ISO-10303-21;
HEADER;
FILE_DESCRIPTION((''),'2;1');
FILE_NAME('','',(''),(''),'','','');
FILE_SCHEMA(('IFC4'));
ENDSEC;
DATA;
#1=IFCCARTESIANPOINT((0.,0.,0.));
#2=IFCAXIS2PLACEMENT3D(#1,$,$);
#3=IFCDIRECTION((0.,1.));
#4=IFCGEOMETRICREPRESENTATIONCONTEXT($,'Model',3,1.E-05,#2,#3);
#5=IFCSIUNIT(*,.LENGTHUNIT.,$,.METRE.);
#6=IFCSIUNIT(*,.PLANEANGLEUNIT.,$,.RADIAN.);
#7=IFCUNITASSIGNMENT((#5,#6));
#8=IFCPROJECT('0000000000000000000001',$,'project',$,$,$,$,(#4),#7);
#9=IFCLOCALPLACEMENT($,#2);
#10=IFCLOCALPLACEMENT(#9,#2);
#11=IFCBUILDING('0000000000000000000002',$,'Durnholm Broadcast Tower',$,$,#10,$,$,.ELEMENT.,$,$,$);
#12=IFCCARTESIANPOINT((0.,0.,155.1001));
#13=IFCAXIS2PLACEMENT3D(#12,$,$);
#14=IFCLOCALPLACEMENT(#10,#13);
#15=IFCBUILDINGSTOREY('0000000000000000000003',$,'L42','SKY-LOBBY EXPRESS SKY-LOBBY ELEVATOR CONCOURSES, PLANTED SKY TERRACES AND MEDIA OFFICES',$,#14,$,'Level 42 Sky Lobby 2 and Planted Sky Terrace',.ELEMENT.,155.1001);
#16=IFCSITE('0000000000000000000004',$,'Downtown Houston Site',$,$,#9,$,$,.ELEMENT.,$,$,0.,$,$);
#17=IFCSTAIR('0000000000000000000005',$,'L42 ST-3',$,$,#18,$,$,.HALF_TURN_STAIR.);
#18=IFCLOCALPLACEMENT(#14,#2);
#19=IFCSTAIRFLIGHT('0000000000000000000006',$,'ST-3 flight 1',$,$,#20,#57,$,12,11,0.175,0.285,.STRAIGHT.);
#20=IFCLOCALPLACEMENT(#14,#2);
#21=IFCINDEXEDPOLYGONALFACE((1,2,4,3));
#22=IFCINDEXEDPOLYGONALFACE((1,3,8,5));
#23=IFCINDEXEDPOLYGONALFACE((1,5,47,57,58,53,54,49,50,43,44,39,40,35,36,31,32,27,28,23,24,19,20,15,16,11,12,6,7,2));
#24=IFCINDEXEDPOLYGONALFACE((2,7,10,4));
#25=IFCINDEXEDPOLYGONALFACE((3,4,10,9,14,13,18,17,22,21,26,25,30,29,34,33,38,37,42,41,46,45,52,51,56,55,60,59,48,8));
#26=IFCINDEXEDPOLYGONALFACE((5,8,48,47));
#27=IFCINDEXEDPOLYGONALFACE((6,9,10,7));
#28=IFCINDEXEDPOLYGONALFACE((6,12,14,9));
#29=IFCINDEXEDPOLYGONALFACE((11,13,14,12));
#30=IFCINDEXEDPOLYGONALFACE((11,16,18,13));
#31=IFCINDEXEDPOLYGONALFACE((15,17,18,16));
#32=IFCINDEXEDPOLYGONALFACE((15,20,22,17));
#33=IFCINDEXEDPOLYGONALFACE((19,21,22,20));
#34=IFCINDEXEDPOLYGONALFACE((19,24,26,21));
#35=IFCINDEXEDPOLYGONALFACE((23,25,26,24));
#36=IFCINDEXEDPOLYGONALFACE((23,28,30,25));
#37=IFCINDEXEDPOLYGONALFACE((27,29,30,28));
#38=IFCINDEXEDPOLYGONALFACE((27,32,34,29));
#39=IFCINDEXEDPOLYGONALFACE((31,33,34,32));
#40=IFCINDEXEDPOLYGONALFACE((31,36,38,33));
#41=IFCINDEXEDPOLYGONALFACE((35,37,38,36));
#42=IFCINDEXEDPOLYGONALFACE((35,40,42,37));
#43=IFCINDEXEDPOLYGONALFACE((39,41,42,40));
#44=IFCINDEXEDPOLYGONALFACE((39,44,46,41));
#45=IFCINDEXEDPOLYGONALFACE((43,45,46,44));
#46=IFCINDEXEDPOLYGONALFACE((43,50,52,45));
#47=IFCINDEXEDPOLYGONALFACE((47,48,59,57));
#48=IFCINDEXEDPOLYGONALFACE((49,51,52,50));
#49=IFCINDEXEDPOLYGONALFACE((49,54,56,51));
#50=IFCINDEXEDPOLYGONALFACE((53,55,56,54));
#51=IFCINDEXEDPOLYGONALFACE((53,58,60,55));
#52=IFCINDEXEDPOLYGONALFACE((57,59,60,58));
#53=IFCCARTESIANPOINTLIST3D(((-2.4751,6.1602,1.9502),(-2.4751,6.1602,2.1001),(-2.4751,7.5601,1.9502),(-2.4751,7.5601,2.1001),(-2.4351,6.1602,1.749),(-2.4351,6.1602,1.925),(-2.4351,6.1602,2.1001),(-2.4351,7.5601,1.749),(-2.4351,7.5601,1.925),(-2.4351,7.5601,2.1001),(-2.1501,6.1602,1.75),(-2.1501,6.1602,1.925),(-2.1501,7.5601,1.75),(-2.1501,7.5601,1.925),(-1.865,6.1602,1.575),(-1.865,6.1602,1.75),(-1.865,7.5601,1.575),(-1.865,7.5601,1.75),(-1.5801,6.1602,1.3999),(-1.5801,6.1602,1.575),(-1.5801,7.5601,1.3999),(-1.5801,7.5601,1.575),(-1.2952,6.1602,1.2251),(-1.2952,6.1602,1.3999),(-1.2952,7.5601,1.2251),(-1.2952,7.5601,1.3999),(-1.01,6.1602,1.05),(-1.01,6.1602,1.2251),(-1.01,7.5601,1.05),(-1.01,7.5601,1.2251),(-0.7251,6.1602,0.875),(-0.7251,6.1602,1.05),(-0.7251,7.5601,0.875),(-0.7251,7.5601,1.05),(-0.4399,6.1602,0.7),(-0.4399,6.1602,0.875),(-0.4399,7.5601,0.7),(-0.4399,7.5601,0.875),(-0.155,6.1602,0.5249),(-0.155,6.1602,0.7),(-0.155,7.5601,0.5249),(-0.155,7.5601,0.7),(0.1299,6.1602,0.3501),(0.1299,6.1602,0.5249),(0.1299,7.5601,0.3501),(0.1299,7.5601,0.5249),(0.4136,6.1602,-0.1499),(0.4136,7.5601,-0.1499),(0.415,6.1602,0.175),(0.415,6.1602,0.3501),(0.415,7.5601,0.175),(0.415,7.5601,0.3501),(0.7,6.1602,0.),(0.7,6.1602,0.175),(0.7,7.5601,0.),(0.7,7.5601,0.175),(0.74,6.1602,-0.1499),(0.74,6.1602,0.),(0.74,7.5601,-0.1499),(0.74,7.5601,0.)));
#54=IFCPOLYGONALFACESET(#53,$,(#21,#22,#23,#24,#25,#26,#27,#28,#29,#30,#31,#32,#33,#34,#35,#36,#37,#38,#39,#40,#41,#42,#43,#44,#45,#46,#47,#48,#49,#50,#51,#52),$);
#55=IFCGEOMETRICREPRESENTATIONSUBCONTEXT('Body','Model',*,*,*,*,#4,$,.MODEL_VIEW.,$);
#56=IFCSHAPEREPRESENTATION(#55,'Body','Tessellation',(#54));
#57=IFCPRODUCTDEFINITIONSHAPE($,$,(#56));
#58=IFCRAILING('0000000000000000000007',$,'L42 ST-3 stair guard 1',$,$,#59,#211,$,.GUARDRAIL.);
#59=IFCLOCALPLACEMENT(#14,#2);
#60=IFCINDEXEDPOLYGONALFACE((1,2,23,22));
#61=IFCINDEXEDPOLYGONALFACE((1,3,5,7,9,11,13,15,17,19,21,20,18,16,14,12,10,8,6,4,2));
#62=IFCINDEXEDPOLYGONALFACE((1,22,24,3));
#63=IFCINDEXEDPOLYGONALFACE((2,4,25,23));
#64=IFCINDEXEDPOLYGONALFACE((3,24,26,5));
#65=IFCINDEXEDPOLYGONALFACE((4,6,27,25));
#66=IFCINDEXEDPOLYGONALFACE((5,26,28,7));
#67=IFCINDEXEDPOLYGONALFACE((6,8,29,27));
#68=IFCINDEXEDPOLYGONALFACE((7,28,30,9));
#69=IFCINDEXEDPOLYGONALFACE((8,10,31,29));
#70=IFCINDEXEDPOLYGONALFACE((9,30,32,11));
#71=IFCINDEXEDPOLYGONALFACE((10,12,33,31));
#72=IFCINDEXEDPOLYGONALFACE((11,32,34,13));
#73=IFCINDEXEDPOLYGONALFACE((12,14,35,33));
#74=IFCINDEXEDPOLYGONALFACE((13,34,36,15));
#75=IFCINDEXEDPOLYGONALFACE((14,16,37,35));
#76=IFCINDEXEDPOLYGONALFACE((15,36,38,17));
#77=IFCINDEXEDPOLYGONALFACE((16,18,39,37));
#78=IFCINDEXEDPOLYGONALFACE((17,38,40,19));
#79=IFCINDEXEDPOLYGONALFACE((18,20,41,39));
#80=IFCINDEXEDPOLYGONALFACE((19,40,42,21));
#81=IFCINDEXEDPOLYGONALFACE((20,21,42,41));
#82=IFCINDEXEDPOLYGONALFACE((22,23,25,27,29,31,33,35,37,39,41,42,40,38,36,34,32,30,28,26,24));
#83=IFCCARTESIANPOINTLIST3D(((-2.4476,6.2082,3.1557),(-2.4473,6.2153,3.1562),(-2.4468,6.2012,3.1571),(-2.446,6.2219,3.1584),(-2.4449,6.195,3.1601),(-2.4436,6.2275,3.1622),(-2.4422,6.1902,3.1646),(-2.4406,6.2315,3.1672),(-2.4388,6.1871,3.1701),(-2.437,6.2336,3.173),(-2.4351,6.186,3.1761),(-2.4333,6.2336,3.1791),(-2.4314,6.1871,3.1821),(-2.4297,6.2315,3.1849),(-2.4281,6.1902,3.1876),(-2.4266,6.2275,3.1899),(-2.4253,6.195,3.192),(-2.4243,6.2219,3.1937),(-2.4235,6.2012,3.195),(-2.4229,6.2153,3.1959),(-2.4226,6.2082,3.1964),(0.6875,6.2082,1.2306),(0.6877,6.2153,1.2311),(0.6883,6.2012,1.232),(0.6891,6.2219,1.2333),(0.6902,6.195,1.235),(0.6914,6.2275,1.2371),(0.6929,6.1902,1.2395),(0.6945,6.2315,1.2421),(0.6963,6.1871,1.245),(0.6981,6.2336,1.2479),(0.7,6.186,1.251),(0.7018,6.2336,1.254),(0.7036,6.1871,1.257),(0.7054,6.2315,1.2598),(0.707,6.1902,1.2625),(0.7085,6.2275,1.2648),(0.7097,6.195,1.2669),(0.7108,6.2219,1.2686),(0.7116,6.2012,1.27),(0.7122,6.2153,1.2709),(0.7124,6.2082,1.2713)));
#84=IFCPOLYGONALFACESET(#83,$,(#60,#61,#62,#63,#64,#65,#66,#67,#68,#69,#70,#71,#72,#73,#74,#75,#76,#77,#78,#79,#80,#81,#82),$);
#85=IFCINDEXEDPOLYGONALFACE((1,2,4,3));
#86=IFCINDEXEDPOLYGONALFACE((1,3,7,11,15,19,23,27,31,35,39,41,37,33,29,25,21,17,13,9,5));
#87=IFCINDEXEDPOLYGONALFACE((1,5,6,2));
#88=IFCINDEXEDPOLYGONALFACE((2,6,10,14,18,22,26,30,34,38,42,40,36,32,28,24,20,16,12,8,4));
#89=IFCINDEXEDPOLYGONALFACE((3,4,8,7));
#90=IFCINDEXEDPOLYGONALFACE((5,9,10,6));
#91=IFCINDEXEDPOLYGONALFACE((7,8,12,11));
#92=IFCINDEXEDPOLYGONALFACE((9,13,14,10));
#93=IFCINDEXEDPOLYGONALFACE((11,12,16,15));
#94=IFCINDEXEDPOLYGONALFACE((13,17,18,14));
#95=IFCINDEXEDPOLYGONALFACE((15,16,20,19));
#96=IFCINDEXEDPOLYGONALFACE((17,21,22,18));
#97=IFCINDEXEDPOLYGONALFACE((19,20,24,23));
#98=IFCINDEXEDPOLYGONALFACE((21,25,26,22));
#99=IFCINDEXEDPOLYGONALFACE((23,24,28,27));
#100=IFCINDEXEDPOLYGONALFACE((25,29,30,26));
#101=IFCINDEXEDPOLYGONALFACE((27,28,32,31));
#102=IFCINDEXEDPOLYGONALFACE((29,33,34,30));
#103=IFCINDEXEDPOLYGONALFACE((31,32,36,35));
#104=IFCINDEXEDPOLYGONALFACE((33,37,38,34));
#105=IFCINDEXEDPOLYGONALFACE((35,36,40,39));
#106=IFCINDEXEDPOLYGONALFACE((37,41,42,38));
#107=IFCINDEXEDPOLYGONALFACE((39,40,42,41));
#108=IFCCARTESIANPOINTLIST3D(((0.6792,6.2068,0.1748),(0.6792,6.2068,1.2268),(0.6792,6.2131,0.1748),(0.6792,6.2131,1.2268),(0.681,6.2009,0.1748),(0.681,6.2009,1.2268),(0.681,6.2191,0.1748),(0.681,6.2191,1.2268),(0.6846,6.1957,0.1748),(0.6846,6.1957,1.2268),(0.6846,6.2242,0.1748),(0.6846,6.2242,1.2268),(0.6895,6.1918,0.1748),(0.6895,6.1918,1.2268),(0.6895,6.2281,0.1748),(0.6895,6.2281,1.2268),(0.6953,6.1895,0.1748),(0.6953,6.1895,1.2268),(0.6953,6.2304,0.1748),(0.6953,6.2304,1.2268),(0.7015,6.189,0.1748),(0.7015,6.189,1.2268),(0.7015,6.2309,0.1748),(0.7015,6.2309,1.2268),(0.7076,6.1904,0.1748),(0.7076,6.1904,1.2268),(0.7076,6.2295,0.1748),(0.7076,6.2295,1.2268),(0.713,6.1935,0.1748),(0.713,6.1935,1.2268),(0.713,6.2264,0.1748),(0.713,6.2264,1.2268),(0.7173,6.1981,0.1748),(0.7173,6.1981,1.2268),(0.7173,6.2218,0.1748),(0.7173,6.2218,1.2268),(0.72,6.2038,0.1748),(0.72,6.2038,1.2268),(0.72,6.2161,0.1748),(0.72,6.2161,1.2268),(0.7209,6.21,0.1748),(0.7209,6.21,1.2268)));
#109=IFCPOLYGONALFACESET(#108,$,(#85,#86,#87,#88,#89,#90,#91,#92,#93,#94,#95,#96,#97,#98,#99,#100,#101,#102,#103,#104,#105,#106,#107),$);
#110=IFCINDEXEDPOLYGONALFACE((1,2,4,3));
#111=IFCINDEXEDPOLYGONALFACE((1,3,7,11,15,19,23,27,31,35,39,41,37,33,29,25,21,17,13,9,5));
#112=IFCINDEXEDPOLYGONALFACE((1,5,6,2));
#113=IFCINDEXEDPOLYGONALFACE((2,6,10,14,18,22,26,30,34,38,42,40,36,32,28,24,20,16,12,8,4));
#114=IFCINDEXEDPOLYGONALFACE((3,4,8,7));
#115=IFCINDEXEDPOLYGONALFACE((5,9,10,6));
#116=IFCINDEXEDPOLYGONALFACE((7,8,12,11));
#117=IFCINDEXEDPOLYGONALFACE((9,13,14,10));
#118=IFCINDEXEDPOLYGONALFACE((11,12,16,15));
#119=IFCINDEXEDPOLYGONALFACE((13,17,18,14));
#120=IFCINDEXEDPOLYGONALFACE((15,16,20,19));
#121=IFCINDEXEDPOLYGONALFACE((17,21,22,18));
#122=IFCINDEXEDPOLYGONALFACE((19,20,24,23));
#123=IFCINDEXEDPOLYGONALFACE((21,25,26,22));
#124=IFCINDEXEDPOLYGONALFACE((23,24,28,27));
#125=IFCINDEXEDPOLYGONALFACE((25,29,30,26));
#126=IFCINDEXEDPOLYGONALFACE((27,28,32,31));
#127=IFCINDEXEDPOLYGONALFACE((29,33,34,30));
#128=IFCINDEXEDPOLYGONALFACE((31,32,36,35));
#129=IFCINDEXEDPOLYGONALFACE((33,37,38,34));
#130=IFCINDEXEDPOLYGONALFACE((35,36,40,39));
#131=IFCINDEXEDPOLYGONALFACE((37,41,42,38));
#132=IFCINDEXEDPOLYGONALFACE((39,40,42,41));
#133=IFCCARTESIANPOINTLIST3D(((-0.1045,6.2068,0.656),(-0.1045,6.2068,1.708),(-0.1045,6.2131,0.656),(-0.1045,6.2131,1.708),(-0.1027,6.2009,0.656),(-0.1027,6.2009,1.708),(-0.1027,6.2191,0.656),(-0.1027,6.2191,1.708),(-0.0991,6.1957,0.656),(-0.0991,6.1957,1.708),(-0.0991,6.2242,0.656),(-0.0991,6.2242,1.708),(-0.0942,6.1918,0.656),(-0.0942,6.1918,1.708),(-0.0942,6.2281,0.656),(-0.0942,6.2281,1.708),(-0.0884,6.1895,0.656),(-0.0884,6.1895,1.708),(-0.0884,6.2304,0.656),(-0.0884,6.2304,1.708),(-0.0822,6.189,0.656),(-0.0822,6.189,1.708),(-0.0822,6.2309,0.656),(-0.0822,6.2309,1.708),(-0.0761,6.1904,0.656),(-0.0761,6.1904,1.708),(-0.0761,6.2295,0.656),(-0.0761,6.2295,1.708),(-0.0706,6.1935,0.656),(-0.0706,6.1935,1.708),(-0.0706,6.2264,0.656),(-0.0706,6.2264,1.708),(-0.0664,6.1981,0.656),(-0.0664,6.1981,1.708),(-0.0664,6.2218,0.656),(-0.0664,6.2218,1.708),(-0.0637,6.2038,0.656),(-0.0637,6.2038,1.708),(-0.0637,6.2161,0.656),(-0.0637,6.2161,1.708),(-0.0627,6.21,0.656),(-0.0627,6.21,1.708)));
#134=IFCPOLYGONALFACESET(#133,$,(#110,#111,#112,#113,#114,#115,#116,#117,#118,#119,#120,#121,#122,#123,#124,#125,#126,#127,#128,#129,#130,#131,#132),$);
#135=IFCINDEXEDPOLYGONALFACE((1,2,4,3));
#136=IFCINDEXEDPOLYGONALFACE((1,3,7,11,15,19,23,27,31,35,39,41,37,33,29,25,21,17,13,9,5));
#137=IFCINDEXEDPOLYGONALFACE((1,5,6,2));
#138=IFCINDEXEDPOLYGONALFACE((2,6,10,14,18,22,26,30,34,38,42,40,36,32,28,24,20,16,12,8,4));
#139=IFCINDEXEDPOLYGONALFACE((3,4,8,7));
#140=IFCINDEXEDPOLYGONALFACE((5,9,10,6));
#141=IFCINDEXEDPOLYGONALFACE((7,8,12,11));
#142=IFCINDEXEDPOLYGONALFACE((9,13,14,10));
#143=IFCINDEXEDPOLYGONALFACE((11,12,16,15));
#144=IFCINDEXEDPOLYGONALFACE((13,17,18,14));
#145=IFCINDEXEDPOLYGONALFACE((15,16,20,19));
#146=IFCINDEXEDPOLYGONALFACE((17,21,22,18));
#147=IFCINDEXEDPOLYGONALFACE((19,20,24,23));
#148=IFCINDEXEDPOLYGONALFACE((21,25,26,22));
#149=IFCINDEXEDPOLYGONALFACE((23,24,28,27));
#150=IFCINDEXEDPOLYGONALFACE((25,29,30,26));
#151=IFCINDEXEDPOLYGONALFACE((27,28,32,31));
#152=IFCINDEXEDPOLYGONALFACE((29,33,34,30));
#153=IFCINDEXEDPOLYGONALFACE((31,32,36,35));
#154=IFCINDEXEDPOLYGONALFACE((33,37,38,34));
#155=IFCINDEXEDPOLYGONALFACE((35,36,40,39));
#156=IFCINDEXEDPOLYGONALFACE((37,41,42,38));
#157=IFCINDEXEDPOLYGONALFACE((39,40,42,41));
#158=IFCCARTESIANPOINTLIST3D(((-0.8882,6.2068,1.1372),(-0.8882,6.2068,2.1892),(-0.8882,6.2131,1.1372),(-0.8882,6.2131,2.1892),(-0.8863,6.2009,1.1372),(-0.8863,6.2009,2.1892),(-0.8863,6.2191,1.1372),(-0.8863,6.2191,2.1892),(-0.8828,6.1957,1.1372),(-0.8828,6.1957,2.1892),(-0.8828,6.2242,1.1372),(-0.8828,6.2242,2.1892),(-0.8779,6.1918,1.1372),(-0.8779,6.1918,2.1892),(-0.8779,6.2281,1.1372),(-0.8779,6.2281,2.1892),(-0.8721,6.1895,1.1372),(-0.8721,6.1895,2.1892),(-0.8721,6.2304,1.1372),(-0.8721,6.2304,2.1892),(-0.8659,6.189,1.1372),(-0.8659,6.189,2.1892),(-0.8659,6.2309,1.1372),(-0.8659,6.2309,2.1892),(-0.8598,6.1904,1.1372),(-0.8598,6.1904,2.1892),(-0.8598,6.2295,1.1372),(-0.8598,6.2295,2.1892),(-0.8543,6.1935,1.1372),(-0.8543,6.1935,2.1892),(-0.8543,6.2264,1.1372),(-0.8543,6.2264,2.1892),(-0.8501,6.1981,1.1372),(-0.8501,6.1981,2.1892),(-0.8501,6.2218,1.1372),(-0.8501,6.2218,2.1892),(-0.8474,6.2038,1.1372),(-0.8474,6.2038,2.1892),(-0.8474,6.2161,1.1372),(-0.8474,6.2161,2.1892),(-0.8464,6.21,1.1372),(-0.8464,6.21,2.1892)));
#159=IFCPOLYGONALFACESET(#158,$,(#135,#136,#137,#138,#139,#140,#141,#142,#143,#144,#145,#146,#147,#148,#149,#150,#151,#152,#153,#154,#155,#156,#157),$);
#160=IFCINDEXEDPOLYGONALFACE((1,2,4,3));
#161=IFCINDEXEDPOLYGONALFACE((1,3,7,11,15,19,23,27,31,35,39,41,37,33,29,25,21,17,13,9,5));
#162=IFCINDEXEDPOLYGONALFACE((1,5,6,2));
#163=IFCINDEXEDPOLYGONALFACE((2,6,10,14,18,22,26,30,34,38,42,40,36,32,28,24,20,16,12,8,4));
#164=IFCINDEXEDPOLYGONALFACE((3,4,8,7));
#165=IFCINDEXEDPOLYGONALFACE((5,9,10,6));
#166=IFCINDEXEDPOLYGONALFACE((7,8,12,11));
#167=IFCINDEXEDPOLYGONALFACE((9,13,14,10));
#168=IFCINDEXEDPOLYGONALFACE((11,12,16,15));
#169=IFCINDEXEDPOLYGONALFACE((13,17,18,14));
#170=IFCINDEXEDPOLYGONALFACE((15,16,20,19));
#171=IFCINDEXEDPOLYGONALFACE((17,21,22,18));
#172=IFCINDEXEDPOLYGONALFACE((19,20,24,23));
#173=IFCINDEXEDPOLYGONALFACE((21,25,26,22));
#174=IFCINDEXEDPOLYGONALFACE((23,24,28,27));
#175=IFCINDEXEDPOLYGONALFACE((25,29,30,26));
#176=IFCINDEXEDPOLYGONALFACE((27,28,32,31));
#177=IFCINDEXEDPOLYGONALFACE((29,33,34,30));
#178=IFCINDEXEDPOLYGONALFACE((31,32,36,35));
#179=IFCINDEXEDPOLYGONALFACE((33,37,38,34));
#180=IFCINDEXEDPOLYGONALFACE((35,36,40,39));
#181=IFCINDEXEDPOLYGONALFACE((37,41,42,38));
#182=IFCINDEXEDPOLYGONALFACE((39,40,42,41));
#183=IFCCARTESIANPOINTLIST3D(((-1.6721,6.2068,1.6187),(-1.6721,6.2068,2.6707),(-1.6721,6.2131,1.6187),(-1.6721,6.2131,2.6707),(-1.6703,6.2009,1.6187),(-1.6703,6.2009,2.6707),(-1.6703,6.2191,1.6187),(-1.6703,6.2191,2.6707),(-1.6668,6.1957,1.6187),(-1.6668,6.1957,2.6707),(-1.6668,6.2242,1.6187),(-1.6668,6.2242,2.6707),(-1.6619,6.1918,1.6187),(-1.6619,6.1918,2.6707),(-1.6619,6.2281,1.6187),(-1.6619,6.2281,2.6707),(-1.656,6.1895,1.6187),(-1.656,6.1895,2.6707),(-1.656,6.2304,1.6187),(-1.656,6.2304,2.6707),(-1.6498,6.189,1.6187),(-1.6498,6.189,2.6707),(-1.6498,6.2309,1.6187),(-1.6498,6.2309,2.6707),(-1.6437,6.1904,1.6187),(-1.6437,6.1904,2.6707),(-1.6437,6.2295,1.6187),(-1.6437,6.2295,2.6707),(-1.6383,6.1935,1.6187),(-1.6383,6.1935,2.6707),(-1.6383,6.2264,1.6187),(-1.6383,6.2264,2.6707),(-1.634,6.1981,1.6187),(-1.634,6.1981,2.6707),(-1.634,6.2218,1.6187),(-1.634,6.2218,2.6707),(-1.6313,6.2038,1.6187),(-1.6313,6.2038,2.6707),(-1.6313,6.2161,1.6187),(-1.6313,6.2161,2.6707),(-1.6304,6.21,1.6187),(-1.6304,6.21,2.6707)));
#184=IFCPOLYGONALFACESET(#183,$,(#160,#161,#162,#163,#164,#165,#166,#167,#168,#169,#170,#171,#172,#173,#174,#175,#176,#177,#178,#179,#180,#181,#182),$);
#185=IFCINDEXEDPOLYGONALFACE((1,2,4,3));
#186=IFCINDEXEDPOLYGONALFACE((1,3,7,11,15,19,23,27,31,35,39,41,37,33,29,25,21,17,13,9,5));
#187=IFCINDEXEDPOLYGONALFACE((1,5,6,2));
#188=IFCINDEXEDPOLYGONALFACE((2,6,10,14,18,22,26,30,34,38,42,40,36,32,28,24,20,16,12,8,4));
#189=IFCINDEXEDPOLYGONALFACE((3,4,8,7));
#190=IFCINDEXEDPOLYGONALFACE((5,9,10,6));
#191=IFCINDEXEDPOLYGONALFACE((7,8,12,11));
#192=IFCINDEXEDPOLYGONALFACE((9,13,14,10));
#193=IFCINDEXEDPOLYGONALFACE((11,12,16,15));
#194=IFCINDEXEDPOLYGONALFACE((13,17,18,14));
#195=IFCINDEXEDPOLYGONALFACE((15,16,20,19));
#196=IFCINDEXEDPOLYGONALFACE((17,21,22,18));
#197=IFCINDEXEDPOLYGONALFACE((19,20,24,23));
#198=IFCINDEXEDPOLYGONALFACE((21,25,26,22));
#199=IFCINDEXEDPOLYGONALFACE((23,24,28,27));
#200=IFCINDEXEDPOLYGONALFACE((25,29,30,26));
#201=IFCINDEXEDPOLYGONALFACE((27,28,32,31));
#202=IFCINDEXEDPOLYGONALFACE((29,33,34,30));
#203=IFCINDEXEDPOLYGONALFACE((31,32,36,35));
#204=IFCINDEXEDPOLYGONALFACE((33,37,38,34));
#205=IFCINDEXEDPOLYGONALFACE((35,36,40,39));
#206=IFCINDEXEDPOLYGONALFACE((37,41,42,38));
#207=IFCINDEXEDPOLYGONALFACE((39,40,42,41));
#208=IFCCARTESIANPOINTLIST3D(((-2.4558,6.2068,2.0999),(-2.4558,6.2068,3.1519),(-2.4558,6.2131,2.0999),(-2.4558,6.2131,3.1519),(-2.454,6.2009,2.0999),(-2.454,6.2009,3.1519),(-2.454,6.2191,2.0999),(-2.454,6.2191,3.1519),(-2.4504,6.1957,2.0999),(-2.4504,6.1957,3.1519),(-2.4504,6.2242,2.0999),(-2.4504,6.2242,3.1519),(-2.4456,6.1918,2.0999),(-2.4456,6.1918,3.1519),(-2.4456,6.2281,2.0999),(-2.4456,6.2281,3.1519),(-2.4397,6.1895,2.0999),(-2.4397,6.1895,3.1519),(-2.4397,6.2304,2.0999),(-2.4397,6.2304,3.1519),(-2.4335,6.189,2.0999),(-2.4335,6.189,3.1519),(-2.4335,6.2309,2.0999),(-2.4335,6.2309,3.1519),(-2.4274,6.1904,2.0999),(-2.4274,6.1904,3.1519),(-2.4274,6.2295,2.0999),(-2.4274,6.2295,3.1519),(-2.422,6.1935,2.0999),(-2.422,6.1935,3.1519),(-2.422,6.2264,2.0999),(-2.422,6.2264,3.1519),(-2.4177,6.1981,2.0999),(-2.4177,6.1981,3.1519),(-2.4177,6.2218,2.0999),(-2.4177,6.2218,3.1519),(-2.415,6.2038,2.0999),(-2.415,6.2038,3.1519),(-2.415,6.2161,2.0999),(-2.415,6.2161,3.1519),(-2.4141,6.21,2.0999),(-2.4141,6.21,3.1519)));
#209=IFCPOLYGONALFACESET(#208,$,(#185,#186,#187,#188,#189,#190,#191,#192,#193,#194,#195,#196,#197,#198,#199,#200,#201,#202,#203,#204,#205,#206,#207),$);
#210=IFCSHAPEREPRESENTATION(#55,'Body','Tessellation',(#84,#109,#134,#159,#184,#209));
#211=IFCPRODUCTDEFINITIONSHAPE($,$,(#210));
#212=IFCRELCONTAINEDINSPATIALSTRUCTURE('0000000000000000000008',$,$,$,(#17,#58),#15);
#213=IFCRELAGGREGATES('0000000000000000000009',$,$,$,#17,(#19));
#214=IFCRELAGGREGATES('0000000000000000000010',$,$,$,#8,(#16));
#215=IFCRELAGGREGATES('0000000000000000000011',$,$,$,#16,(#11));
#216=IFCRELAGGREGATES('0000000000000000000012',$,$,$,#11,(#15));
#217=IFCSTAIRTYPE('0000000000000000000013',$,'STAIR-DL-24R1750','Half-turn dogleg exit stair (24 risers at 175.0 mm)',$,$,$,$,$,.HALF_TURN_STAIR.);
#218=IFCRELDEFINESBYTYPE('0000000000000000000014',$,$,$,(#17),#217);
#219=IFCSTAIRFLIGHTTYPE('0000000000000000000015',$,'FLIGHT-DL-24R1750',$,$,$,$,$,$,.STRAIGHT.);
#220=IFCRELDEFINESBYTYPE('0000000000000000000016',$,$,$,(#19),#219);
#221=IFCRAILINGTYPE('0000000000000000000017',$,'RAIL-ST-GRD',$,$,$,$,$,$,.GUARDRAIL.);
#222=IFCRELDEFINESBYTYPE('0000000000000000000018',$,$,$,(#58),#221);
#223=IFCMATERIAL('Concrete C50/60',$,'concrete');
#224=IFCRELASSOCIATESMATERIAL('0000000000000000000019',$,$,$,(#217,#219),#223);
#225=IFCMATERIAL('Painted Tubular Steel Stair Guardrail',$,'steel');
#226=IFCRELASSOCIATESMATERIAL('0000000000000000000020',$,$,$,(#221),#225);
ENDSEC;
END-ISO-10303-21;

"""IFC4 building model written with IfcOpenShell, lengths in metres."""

from ifc_helpers import new_model, si_unit, direction, frame, origin, origin_2d, place, context, subcontext, project, spatial, polyline, circle, outline, extrude, material, type_object, element, aggregate, save


model = new_model("IFC4")

# Units and contexts
model_context = context("Model", 3, precision=1e-05, world=origin(), true_north=direction((0.0, 1.0)))
body_context = subcontext(model_context, "Body", "Model", "MODEL_VIEW")
ifc_project = project(units=[si_unit("LENGTHUNIT", "METRE"), si_unit("PLANEANGLEUNIT", "RADIAN")], contexts=[model_context])

# Site, building, storey
site_placement = place(None, origin())
site = spatial("IfcSite", under=ifc_project, at=site_placement, Name="Downtown Houston Site", CompositionType="ELEMENT", RefElevation=0.0)
building_placement = place(site_placement, origin())
building = spatial("IfcBuilding", under=site, at=building_placement, Name="Durnholm Broadcast Tower", CompositionType="ELEMENT")
storey_placement = place(building_placement, frame((0.0, 0.0, 155.1001)))
storey = spatial("IfcBuildingStorey", under=building, at=storey_placement, Name="L42", Description="SKY-LOBBY EXPRESS SKY-LOBBY ELEVATOR CONCOURSES, PLANTED SKY TERRACES AND MEDIA OFFICES", LongName="Level 42 Sky Lobby 2 and Planted Sky Terrace", CompositionType="ELEMENT", Elevation=155.1001)

# Shared definitions
ifc_material_1 = material(Name="Concrete C50/60", Category="concrete")

# Stair, stair flight
stair_type = type_object("IfcStairType", Name="STAIR-DL-24R1750", Description="Half-turn dogleg exit stair (24 risers at 175.0 mm)", PredefinedType="HALF_TURN_STAIR", material=ifc_material_1)
stair_placement = place(storey_placement, origin())
stair = element("IfcStair", 1, at=stair_placement, inside=storey, type_object=stair_type, Name="L42 ST-3", PredefinedType="HALF_TURN_STAIR")
stair_flight_type = type_object("IfcStairFlightType", Name="FLIGHT-DL-24R1750", PredefinedType="STRAIGHT", material=ifc_material_1)
stair_flight_placement = place(storey_placement, frame((0.7, 6.8601, 0.0), z_axis=(0.0, 0.0, 1.0), x_axis=(-1.0, 0.0, 0.0)))
stair_flight = element("IfcStairFlight", 2, at=stair_flight_placement, type_object=stair_flight_type, Name="ST-3 flight 1", NumberOfRisers=12, NumberOfTreads=11, PredefinedType="STRAIGHT", RiserHeight=0.175, TreadLength=0.285, context=body_context, shape_type="SweptSolid", body=[
    extrude(outline(polyline([(-0.04, -0.1499), (-0.04, 0.0), (0.0, 0.0), (0.0, 0.175), (0.2849, 0.175), (0.2849, 0.3501), (0.5701, 0.3501), (0.5701, 0.5249), (0.855, 0.5249), (0.855, 0.7), (1.1399, 0.7), (1.1399, 0.875), (1.425, 0.875), (1.425, 1.05), (1.71, 1.05), (1.71, 1.2251), (1.9951, 1.2251), (1.9951, 1.3999), (2.28, 1.3999), (2.28, 1.575), (2.5649, 1.575), (2.5649, 1.75), (2.8501, 1.75), (2.8501, 1.925), (3.135, 1.925), (3.135, 2.1001), (3.175, 2.1001), (3.175, 1.9502), (3.135, 1.749), (0.2864, -0.1499), (-0.04, -0.1499)])), frame((0.0, 0.7, 0.0), z_axis=(0.0, -1.0, 0.0), x_axis=(1.0, 0.0, 0.0)), (0.0, 0.0, 1.0), 1.3999),
])
aggregate(stair, [stair_flight])

# Railing
ifc_material_2 = material(Name="Painted Tubular Steel Stair Guardrail", Category="steel")
railing_type_1 = type_object("IfcRailingType", Name="RAIL-ST-GRD", PredefinedType="GUARDRAIL", material=ifc_material_2)
railing_1_placement = place(storey_placement, frame((0.7, 6.21, 0.1748)))
element("IfcRailing", 3, at=railing_1_placement, inside=storey, type_object=railing_type_1, Name="L42 ST-3 stair guard 1", PredefinedType="GUARDRAIL", context=body_context, shape_type="SweptSolid", body=[
    extrude(circle(Radius=0.0239, at=origin_2d()), frame((0.0, 0.0, 1.0762), z_axis=(-0.852166, 0.0, 0.523271), x_axis=(0.0, -1.0, 0.0)), (0.0, 0.0, 1.0), 3.679),
    extrude(circle(Radius=0.021, at=origin_2d()), origin(), (0.0, 0.0, 1.0), 1.052),
    extrude(circle(Radius=0.021, at=origin_2d()), frame((-0.7837, 0.0, 0.4812)), (0.0, 0.0, 1.0), 1.052),
    extrude(circle(Radius=0.021, at=origin_2d()), frame((-1.5674, 0.0, 0.9624)), (0.0, 0.0, 1.0), 1.052),
    extrude(circle(Radius=0.021, at=origin_2d()), frame((-2.3513, 0.0, 1.4438)), (0.0, 0.0, 1.0), 1.052),
    extrude(circle(Radius=0.021, at=origin_2d()), frame((-3.135, 0.0, 1.925)), (0.0, 0.0, 1.0), 1.052),
])

save(model, "model.ifc")
